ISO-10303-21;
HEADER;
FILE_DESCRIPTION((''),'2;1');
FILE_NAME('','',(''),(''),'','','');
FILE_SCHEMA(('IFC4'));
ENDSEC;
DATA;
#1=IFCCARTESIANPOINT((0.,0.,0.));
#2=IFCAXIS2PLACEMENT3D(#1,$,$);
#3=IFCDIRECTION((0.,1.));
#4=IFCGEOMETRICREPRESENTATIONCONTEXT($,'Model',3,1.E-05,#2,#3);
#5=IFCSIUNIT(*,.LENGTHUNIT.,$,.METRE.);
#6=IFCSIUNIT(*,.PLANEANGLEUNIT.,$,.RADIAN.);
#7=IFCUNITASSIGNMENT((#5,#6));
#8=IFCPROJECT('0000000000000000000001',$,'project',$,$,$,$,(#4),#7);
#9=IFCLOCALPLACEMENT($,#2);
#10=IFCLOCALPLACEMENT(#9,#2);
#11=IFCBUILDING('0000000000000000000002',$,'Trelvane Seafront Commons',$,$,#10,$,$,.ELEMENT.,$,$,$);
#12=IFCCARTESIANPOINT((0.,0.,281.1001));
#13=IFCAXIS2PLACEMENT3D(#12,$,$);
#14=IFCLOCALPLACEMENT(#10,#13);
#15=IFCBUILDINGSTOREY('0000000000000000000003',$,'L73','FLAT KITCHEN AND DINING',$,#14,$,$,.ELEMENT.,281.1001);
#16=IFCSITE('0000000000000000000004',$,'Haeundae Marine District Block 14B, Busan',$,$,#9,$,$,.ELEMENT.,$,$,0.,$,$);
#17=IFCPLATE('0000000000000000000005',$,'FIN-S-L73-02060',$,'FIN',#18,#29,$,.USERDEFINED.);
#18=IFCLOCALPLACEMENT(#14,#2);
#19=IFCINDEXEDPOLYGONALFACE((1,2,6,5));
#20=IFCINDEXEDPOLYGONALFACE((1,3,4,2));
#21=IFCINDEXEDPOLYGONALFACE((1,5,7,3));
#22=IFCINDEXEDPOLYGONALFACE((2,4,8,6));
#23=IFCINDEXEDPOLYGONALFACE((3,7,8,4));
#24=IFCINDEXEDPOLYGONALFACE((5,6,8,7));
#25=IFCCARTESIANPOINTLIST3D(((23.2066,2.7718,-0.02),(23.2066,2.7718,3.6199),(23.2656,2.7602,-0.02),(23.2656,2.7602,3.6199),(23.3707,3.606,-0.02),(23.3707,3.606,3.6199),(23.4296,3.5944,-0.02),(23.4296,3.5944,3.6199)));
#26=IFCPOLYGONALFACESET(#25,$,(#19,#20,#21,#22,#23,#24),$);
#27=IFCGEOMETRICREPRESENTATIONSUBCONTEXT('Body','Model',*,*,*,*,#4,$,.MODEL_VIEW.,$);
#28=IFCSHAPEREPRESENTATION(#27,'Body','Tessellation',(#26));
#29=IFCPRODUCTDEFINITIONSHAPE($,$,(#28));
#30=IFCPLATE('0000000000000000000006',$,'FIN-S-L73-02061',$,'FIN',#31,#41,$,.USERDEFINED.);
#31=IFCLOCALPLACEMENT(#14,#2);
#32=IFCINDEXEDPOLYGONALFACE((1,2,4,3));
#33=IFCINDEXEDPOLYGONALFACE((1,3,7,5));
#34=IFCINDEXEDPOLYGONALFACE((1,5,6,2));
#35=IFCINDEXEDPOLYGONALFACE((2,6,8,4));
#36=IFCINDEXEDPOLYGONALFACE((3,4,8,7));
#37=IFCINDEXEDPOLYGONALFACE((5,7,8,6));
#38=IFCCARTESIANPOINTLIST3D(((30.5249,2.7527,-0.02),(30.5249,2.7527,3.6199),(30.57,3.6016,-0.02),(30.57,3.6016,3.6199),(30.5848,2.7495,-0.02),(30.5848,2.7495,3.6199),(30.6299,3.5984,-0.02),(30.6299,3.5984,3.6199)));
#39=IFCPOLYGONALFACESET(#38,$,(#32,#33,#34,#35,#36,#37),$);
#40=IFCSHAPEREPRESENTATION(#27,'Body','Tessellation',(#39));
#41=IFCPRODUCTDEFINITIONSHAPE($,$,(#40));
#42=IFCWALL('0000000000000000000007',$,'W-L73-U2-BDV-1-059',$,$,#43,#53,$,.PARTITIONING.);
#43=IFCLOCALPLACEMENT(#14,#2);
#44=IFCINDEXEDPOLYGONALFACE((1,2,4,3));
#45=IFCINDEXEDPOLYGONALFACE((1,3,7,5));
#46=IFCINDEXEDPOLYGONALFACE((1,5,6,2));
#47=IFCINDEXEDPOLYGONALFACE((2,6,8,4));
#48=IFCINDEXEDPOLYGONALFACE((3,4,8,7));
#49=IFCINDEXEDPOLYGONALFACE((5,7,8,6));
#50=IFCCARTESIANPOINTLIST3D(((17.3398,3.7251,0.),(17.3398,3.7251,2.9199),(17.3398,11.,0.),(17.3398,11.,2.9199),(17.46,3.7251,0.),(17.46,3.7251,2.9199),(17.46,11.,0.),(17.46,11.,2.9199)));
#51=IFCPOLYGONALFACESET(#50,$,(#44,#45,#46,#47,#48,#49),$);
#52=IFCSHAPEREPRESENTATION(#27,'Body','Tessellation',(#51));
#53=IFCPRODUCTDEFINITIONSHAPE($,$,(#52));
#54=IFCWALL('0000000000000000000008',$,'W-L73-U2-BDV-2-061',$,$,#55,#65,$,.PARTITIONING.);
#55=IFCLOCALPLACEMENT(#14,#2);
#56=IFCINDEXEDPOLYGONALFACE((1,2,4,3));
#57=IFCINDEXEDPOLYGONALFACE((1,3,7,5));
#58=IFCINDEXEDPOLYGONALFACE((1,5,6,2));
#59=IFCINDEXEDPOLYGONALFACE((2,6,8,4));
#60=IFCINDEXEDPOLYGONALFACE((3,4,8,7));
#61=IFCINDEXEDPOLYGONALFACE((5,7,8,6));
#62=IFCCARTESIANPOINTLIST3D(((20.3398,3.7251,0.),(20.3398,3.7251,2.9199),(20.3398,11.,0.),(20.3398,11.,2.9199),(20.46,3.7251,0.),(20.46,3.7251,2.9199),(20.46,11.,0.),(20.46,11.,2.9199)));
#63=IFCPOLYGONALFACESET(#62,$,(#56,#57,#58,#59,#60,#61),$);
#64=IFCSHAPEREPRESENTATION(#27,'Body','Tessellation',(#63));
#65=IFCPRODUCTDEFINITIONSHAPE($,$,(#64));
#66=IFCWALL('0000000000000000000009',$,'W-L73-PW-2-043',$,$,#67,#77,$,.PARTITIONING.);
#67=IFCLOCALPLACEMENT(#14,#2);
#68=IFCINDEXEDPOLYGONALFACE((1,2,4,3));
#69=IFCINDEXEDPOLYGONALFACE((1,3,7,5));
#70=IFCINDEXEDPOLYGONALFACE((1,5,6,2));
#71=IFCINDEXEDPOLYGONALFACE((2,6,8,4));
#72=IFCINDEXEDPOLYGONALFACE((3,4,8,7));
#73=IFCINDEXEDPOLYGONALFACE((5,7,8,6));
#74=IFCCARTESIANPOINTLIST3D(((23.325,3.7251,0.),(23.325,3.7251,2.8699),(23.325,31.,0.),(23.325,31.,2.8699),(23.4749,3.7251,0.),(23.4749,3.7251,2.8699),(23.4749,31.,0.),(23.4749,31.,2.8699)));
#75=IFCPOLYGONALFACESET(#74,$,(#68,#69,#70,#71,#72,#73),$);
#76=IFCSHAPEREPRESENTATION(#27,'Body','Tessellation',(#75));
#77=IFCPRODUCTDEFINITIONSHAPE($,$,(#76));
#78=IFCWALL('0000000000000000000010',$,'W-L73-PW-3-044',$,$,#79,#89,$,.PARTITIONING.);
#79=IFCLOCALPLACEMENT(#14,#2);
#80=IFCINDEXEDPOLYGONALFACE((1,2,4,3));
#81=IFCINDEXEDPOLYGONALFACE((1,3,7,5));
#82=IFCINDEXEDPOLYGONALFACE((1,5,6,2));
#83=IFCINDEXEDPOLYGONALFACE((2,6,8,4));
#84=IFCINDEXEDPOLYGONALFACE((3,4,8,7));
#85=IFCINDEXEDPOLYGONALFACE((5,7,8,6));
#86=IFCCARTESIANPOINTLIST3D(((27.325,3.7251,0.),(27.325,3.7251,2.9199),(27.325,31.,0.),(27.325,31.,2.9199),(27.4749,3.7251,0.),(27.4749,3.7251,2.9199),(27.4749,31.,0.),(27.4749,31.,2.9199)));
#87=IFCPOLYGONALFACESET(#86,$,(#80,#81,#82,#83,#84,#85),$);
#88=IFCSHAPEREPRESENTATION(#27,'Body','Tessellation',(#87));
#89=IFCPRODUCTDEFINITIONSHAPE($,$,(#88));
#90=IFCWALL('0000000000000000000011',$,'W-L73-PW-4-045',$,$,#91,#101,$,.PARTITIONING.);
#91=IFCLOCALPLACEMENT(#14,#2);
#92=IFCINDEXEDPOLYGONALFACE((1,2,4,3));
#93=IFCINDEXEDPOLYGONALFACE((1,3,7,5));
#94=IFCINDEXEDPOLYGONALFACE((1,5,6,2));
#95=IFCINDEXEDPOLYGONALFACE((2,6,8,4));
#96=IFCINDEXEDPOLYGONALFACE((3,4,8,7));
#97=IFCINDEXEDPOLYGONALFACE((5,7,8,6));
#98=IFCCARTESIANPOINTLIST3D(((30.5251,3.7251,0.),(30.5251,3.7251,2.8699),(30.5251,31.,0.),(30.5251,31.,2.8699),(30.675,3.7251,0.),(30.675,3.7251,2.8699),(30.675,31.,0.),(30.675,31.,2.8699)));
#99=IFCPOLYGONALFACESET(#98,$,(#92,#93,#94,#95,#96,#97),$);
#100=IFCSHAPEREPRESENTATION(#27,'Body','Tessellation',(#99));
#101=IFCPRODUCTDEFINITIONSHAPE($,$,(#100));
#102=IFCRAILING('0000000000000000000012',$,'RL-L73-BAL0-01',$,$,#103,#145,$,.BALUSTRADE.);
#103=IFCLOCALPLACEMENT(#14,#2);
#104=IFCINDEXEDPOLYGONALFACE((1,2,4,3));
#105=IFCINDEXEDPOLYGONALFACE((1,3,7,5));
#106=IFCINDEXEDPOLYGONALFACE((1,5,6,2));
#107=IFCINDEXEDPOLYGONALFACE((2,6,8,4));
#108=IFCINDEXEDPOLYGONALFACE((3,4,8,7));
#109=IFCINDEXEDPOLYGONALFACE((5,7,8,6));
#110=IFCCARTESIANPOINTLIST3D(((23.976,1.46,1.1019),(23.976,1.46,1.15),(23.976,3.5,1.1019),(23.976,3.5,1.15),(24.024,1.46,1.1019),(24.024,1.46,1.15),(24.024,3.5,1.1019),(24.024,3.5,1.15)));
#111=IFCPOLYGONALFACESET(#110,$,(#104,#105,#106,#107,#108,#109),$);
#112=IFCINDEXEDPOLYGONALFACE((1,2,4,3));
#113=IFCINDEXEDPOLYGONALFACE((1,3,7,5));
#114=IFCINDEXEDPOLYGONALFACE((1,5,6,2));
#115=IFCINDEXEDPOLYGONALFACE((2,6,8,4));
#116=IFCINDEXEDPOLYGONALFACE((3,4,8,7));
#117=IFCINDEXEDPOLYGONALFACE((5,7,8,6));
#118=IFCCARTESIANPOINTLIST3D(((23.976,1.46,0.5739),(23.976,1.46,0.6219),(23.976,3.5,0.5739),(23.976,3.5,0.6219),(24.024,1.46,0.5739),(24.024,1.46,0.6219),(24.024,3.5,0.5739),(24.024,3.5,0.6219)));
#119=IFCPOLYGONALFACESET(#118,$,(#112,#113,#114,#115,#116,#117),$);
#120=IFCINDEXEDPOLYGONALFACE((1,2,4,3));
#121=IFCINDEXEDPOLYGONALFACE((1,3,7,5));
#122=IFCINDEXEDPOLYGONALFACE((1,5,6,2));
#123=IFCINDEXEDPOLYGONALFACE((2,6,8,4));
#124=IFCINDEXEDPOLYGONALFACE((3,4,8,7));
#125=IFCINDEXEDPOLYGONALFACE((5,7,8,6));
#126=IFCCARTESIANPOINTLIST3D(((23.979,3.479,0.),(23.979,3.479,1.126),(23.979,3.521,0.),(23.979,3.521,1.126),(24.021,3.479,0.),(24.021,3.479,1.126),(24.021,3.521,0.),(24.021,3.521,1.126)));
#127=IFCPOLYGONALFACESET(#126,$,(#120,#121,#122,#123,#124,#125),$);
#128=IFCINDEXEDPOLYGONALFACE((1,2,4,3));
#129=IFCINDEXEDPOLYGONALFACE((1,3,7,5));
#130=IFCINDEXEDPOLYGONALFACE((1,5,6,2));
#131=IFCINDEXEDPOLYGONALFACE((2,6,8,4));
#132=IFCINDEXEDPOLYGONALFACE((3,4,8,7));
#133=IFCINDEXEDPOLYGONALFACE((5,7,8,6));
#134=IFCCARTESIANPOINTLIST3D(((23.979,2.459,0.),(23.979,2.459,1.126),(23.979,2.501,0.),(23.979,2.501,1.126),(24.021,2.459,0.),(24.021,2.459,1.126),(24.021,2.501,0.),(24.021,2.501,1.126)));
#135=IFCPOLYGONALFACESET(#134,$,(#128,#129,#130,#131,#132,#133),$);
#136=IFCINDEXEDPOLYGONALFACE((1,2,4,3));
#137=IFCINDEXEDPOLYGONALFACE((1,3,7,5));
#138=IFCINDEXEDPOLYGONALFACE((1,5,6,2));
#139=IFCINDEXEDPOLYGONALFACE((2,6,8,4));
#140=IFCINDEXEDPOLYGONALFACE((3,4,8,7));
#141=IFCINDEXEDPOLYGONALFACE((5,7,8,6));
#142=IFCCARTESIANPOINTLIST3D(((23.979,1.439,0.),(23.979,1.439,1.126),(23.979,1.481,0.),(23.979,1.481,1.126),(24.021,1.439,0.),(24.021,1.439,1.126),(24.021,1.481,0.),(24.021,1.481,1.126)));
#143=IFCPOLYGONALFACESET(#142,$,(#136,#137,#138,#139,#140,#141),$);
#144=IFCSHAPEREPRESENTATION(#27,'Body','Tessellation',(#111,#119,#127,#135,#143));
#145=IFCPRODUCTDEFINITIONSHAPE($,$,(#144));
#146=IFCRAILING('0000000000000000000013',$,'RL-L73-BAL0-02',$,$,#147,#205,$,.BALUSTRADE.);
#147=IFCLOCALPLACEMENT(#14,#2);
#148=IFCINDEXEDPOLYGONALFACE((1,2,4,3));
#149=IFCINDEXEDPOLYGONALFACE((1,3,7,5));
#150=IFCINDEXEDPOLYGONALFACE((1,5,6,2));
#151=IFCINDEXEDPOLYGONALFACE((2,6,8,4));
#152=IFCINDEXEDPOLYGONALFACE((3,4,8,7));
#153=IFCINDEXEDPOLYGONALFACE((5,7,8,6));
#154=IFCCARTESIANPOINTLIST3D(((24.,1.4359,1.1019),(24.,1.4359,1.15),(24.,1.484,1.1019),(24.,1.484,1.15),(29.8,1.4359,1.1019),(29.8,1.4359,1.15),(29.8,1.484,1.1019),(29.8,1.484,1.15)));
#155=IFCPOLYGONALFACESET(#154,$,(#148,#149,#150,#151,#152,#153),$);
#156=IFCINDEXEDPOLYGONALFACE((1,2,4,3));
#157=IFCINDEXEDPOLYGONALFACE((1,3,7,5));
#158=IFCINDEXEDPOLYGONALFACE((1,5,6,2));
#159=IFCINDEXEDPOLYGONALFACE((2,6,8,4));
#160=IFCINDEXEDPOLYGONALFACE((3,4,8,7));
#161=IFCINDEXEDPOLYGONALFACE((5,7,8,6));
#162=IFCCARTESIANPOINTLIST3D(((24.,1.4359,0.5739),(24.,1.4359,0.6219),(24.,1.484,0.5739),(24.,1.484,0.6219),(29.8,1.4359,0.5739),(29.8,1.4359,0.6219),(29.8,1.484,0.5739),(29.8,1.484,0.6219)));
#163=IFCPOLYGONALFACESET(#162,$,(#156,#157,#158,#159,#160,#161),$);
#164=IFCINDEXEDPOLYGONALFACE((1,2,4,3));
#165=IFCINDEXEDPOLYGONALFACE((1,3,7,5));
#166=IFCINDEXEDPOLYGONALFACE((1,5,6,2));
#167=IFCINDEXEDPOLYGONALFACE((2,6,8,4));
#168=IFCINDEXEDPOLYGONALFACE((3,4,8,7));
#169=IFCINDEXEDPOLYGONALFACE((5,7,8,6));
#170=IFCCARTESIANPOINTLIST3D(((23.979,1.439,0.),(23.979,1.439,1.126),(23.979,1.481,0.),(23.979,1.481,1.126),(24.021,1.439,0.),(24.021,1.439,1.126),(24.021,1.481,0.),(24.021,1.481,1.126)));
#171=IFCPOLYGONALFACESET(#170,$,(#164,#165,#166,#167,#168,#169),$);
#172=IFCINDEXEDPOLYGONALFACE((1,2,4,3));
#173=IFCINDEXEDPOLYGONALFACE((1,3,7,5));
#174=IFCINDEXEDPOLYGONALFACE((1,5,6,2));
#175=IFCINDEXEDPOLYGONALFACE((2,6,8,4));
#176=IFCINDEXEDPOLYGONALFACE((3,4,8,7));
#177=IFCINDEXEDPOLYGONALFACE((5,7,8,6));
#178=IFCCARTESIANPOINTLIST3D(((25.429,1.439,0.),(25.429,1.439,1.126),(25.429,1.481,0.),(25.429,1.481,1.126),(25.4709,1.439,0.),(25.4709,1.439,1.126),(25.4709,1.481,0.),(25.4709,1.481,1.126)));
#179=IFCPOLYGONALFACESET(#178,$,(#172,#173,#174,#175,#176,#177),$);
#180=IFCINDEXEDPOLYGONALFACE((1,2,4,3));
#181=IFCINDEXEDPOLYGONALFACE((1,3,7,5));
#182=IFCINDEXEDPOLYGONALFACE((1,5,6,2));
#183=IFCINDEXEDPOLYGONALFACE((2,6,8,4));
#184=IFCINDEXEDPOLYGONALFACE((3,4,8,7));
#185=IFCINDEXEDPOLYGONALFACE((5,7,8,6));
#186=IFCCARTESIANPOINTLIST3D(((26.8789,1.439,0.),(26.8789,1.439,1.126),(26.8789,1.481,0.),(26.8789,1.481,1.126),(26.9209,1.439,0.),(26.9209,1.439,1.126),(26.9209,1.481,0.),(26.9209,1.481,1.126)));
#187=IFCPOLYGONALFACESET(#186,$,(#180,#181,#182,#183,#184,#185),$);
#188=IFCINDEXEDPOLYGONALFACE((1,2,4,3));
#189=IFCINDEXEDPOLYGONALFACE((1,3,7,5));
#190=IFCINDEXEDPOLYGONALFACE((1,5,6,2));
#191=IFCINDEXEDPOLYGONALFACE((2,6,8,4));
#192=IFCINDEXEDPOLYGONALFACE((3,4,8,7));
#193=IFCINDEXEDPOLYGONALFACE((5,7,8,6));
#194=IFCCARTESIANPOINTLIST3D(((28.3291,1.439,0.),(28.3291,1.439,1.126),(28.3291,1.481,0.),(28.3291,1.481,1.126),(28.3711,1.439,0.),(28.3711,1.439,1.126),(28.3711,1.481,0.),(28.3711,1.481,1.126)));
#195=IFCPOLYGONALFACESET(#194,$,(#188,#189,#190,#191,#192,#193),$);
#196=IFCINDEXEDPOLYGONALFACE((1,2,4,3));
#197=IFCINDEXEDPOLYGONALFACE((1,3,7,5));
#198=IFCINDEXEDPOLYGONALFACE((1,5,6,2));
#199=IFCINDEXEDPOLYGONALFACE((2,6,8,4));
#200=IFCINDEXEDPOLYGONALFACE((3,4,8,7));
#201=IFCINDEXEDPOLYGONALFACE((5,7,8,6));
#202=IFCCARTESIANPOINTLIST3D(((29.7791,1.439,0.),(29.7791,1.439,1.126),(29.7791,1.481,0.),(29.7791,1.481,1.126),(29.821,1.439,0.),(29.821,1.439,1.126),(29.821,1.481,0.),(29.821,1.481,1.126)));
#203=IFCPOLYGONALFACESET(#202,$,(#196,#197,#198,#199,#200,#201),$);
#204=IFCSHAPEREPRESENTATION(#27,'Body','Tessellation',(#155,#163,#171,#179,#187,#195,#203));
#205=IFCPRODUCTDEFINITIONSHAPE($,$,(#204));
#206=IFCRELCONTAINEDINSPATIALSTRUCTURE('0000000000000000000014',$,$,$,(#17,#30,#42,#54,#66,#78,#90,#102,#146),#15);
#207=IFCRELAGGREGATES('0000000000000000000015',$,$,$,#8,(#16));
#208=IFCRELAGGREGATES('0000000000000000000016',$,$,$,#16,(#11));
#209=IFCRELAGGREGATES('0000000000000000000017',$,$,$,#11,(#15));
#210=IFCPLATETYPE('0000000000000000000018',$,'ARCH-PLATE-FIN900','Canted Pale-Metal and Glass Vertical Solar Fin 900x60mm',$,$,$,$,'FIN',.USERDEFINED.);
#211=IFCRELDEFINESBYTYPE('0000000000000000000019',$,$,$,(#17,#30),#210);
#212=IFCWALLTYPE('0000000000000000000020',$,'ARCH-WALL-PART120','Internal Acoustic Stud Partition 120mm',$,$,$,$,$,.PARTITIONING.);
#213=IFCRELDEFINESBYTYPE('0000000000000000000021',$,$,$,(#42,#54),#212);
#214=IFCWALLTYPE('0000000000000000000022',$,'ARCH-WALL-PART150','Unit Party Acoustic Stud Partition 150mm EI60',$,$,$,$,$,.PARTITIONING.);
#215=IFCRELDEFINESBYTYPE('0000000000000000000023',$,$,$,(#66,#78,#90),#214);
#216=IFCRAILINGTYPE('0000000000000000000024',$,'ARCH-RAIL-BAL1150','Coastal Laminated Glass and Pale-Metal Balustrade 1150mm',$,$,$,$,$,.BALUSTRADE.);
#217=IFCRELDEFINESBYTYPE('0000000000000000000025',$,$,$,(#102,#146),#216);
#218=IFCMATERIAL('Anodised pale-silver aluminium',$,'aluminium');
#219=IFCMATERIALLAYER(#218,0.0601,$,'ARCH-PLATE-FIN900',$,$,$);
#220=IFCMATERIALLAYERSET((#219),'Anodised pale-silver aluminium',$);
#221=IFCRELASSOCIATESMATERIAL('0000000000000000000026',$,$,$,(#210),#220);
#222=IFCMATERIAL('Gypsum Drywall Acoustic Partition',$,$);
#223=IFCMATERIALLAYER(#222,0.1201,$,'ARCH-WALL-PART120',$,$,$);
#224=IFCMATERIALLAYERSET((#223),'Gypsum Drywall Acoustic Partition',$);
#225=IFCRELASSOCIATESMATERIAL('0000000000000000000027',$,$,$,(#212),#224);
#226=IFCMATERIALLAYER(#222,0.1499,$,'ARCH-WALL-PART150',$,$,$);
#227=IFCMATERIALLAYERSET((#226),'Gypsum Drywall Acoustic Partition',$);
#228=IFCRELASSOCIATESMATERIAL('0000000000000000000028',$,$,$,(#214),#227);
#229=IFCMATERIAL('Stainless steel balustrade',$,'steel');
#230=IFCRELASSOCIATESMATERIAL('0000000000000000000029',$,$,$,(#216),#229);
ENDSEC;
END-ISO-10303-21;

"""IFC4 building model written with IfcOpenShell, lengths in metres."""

from ifc_helpers import new_model, si_unit, direction, frame, frame_2d, origin, origin_2d, place, context, subcontext, project, spatial, rectangle, extrude, source, transform, mapped, material, layer, layer_set, type_object, element, save


model = new_model("IFC4")

# Units and contexts
model_context = context("Model", 3, precision=1e-05, world=origin(), true_north=direction((0.0, 1.0)))
body_context = subcontext(model_context, "Body", "Model", "MODEL_VIEW")
ifc_project = project(units=[si_unit("LENGTHUNIT", "METRE"), si_unit("PLANEANGLEUNIT", "RADIAN")], contexts=[model_context])

# Site, building, storey
site_placement = place(None, origin())
site = spatial("IfcSite", under=ifc_project, at=site_placement, Name="Haeundae Marine District Block 14B, Busan", CompositionType="ELEMENT", RefElevation=0.0)
building_placement = place(site_placement, origin())
building = spatial("IfcBuilding", under=site, at=building_placement, Name="Trelvane Seafront Commons", CompositionType="ELEMENT")
storey_placement = place(building_placement, frame((0.0, 0.0, 281.1001)))
storey = spatial("IfcBuildingStorey", under=building, at=storey_placement, Name="L73", Description="FLAT KITCHEN AND DINING", CompositionType="ELEMENT", Elevation=281.1001)

# Plates
ifc_material_1 = material(Name="Anodised pale-silver aluminium", Category="aluminium")
ifc_layer_1 = layer(ifc_material_1, 0.0601, Name="ARCH-PLATE-FIN900")
ifc_layer_set_1 = layer_set([ifc_layer_1], Name="Anodised pale-silver aluminium")
plate_type_1 = type_object("IfcPlateType", Name="ARCH-PLATE-FIN900", Description="Canted Pale-Metal and Glass Vertical Solar Fin 900x60mm", ElementType="FIN", PredefinedType="USERDEFINED", material=ifc_layer_set_1)
shared_shape_1 = source(origin(), body_context, "Body", "SweptSolid", [
    extrude(rectangle(XDim=0.8501, YDim=0.0601, at=origin_2d()), origin(), (0.0, 0.0, 1.0), 3.6399),
])
for number, where, z_axis, x_axis, name in (
    (1, (23.3181, 3.1831, -0.02), (0.0, 0.0, 1.0), (-0.192948, -0.981209, 0.0), "FIN-S-L73-02060"),
    (2, (30.5774, 3.1755, -0.02), (0.0, 0.0, 1.0), (-0.053059, -0.998591, 0.0), "FIN-S-L73-02061"),
):
    element("IfcPlate", number, at=place(storey_placement, frame(where, z_axis=z_axis, x_axis=x_axis)), inside=storey, type_object=plate_type_1, Name=name, ObjectType="FIN", PredefinedType="USERDEFINED", context=body_context, shape_type="MappedRepresentation", body=[
        mapped(shared_shape_1, transform((0.0, 0.0, 0.0), x_axis=(1.0, 0.0, 0.0), y_axis=(0.0, 1.0, 0.0), z_axis=(0.0, 0.0, 1.0), scale=1.0)),
    ])

# Shared definitions
ifc_material_2 = material(Name="Gypsum Drywall Acoustic Partition")
ifc_layer_2 = layer(ifc_material_2, 0.1201, Name="ARCH-WALL-PART120")
ifc_layer_set_2 = layer_set([ifc_layer_2], Name="Gypsum Drywall Acoustic Partition")
wall_type_1 = type_object("IfcWallType", Name="ARCH-WALL-PART120", Description="Internal Acoustic Stud Partition 120mm", PredefinedType="PARTITIONING", material=ifc_layer_set_2)

# Wall
wall_1_placement = place(storey_placement, frame((17.3999, 3.7251, 0.0), z_axis=(0.0, 0.0, 1.0), x_axis=(0.0, 1.0, 0.0)))
element("IfcWall", 3, at=wall_1_placement, inside=storey, type_object=wall_type_1, Name="W-L73-U2-BDV-1-059", PredefinedType="PARTITIONING", context=body_context, shape_type="SweptSolid", body=[
    extrude(rectangle(XDim=7.2749, YDim=0.1201, at=frame_2d((3.6375, 0.0))), origin(), (0.0, 0.0, 1.0), 2.9199),
])

# Walls
wall_2_placement = place(storey_placement, frame((20.3999, 3.7251, 0.0), z_axis=(0.0, 0.0, 1.0), x_axis=(0.0, 1.0, 0.0)))
element("IfcWall", 4, at=wall_2_placement, inside=storey, type_object=wall_type_1, Name="W-L73-U2-BDV-2-061", PredefinedType="PARTITIONING", context=body_context, shape_type="SweptSolid", body=[
    extrude(rectangle(XDim=7.2749, YDim=0.1201, at=frame_2d((3.6375, 0.0))), origin(), (0.0, 0.0, 1.0), 2.9199),
])
ifc_layer_3 = layer(ifc_material_2, 0.1499, Name="ARCH-WALL-PART150")
ifc_layer_set_3 = layer_set([ifc_layer_3], Name="Gypsum Drywall Acoustic Partition")
wall_type_2 = type_object("IfcWallType", Name="ARCH-WALL-PART150", Description="Unit Party Acoustic Stud Partition 150mm EI60", PredefinedType="PARTITIONING", material=ifc_layer_set_3)
wall_3_placement = place(storey_placement, frame((23.3999, 3.7251, 0.0), z_axis=(0.0, 0.0, 1.0), x_axis=(0.0, 1.0, 0.0)))
element("IfcWall", 5, at=wall_3_placement, inside=storey, type_object=wall_type_2, Name="W-L73-PW-2-043", PredefinedType="PARTITIONING", context=body_context, shape_type="SweptSolid", body=[
    extrude(rectangle(XDim=27.2749, YDim=0.1499, at=frame_2d((13.6375, 0.0))), origin(), (0.0, 0.0, 1.0), 2.8699),
])
wall_4_placement = place(storey_placement, frame((27.3999, 3.7251, 0.0), z_axis=(0.0, 0.0, 1.0), x_axis=(0.0, 1.0, 0.0)))
element("IfcWall", 6, at=wall_4_placement, inside=storey, type_object=wall_type_2, Name="W-L73-PW-3-044", PredefinedType="PARTITIONING", context=body_context, shape_type="SweptSolid", body=[
    extrude(rectangle(XDim=27.2749, YDim=0.1499, at=frame_2d((13.6375, 0.0))), origin(), (0.0, 0.0, 1.0), 2.9199),
])
wall_5_placement = place(storey_placement, frame((30.6001, 3.7251, 0.0), z_axis=(0.0, 0.0, 1.0), x_axis=(0.0, 1.0, 0.0)))
element("IfcWall", 7, at=wall_5_placement, inside=storey, type_object=wall_type_2, Name="W-L73-PW-4-045", PredefinedType="PARTITIONING", context=body_context, shape_type="SweptSolid", body=[
    extrude(rectangle(XDim=27.2749, YDim=0.1499, at=frame_2d((13.6375, 0.0))), origin(), (0.0, 0.0, 1.0), 2.8699),
])

# Railings
ifc_material_3 = material(Name="Stainless steel balustrade", Category="steel")
railing_type = type_object("IfcRailingType", Name="ARCH-RAIL-BAL1150", Description="Coastal Laminated Glass and Pale-Metal Balustrade 1150mm", PredefinedType="BALUSTRADE", material=ifc_material_3)
railing_1_placement = place(storey_placement, frame((24.0, 3.5, 0.0)))
element("IfcRailing", 8, at=railing_1_placement, inside=storey, type_object=railing_type, Name="RL-L73-BAL0-01", PredefinedType="BALUSTRADE", context=body_context, shape_type="SweptSolid", body=[
    extrude(rectangle(XDim=0.0481, YDim=0.0481, at=origin_2d()), frame((0.0, 0.0, 1.126), z_axis=(0.0, -1.0, 0.0), x_axis=(1.0, 0.0, 0.0)), (0.0, 0.0, 1.0), 2.04),
    extrude(rectangle(XDim=0.0481, YDim=0.0481, at=origin_2d()), frame((0.0, 0.0, 0.5979), z_axis=(0.0, -1.0, 0.0), x_axis=(1.0, 0.0, 0.0)), (0.0, 0.0, 1.0), 2.04),
    extrude(rectangle(XDim=0.042, YDim=0.042, at=origin_2d()), origin(), (0.0, 0.0, 1.0), 1.126),
    extrude(rectangle(XDim=0.042, YDim=0.042, at=origin_2d()), frame((0.0, -1.02, 0.0)), (0.0, 0.0, 1.0), 1.126),
    extrude(rectangle(XDim=0.042, YDim=0.042, at=origin_2d()), frame((0.0, -2.04, 0.0)), (0.0, 0.0, 1.0), 1.126),
])
railing_2_placement = place(storey_placement, frame((24.0, 1.46, 0.0)))
element("IfcRailing", 9, at=railing_2_placement, inside=storey, type_object=railing_type, Name="RL-L73-BAL0-02", PredefinedType="BALUSTRADE", context=body_context, shape_type="SweptSolid", body=[
    extrude(rectangle(XDim=0.0481, YDim=0.0481, at=origin_2d()), frame((0.0, 0.0, 1.126), z_axis=(1.0, 0.0, 0.0), x_axis=(0.0, 1.0, 0.0)), (0.0, 0.0, 1.0), 5.8),
    extrude(rectangle(XDim=0.0481, YDim=0.0481, at=origin_2d()), frame((0.0, 0.0, 0.5979), z_axis=(1.0, 0.0, 0.0), x_axis=(0.0, 1.0, 0.0)), (0.0, 0.0, 1.0), 5.8),
    extrude(rectangle(XDim=0.042, YDim=0.042, at=origin_2d()), origin(), (0.0, 0.0, 1.0), 1.126),
    extrude(rectangle(XDim=0.042, YDim=0.042, at=origin_2d()), frame((1.45, 0.0, 0.0)), (0.0, 0.0, 1.0), 1.126),
    extrude(rectangle(XDim=0.042, YDim=0.042, at=origin_2d()), frame((2.8999, 0.0, 0.0)), (0.0, 0.0, 1.0), 1.126),
    extrude(rectangle(XDim=0.042, YDim=0.042, at=origin_2d()), frame((4.3501, 0.0, 0.0)), (0.0, 0.0, 1.0), 1.126),
    extrude(rectangle(XDim=0.042, YDim=0.042, at=origin_2d()), frame((5.8, 0.0, 0.0)), (0.0, 0.0, 1.0), 1.126),
])

save(model, "model.ifc")
